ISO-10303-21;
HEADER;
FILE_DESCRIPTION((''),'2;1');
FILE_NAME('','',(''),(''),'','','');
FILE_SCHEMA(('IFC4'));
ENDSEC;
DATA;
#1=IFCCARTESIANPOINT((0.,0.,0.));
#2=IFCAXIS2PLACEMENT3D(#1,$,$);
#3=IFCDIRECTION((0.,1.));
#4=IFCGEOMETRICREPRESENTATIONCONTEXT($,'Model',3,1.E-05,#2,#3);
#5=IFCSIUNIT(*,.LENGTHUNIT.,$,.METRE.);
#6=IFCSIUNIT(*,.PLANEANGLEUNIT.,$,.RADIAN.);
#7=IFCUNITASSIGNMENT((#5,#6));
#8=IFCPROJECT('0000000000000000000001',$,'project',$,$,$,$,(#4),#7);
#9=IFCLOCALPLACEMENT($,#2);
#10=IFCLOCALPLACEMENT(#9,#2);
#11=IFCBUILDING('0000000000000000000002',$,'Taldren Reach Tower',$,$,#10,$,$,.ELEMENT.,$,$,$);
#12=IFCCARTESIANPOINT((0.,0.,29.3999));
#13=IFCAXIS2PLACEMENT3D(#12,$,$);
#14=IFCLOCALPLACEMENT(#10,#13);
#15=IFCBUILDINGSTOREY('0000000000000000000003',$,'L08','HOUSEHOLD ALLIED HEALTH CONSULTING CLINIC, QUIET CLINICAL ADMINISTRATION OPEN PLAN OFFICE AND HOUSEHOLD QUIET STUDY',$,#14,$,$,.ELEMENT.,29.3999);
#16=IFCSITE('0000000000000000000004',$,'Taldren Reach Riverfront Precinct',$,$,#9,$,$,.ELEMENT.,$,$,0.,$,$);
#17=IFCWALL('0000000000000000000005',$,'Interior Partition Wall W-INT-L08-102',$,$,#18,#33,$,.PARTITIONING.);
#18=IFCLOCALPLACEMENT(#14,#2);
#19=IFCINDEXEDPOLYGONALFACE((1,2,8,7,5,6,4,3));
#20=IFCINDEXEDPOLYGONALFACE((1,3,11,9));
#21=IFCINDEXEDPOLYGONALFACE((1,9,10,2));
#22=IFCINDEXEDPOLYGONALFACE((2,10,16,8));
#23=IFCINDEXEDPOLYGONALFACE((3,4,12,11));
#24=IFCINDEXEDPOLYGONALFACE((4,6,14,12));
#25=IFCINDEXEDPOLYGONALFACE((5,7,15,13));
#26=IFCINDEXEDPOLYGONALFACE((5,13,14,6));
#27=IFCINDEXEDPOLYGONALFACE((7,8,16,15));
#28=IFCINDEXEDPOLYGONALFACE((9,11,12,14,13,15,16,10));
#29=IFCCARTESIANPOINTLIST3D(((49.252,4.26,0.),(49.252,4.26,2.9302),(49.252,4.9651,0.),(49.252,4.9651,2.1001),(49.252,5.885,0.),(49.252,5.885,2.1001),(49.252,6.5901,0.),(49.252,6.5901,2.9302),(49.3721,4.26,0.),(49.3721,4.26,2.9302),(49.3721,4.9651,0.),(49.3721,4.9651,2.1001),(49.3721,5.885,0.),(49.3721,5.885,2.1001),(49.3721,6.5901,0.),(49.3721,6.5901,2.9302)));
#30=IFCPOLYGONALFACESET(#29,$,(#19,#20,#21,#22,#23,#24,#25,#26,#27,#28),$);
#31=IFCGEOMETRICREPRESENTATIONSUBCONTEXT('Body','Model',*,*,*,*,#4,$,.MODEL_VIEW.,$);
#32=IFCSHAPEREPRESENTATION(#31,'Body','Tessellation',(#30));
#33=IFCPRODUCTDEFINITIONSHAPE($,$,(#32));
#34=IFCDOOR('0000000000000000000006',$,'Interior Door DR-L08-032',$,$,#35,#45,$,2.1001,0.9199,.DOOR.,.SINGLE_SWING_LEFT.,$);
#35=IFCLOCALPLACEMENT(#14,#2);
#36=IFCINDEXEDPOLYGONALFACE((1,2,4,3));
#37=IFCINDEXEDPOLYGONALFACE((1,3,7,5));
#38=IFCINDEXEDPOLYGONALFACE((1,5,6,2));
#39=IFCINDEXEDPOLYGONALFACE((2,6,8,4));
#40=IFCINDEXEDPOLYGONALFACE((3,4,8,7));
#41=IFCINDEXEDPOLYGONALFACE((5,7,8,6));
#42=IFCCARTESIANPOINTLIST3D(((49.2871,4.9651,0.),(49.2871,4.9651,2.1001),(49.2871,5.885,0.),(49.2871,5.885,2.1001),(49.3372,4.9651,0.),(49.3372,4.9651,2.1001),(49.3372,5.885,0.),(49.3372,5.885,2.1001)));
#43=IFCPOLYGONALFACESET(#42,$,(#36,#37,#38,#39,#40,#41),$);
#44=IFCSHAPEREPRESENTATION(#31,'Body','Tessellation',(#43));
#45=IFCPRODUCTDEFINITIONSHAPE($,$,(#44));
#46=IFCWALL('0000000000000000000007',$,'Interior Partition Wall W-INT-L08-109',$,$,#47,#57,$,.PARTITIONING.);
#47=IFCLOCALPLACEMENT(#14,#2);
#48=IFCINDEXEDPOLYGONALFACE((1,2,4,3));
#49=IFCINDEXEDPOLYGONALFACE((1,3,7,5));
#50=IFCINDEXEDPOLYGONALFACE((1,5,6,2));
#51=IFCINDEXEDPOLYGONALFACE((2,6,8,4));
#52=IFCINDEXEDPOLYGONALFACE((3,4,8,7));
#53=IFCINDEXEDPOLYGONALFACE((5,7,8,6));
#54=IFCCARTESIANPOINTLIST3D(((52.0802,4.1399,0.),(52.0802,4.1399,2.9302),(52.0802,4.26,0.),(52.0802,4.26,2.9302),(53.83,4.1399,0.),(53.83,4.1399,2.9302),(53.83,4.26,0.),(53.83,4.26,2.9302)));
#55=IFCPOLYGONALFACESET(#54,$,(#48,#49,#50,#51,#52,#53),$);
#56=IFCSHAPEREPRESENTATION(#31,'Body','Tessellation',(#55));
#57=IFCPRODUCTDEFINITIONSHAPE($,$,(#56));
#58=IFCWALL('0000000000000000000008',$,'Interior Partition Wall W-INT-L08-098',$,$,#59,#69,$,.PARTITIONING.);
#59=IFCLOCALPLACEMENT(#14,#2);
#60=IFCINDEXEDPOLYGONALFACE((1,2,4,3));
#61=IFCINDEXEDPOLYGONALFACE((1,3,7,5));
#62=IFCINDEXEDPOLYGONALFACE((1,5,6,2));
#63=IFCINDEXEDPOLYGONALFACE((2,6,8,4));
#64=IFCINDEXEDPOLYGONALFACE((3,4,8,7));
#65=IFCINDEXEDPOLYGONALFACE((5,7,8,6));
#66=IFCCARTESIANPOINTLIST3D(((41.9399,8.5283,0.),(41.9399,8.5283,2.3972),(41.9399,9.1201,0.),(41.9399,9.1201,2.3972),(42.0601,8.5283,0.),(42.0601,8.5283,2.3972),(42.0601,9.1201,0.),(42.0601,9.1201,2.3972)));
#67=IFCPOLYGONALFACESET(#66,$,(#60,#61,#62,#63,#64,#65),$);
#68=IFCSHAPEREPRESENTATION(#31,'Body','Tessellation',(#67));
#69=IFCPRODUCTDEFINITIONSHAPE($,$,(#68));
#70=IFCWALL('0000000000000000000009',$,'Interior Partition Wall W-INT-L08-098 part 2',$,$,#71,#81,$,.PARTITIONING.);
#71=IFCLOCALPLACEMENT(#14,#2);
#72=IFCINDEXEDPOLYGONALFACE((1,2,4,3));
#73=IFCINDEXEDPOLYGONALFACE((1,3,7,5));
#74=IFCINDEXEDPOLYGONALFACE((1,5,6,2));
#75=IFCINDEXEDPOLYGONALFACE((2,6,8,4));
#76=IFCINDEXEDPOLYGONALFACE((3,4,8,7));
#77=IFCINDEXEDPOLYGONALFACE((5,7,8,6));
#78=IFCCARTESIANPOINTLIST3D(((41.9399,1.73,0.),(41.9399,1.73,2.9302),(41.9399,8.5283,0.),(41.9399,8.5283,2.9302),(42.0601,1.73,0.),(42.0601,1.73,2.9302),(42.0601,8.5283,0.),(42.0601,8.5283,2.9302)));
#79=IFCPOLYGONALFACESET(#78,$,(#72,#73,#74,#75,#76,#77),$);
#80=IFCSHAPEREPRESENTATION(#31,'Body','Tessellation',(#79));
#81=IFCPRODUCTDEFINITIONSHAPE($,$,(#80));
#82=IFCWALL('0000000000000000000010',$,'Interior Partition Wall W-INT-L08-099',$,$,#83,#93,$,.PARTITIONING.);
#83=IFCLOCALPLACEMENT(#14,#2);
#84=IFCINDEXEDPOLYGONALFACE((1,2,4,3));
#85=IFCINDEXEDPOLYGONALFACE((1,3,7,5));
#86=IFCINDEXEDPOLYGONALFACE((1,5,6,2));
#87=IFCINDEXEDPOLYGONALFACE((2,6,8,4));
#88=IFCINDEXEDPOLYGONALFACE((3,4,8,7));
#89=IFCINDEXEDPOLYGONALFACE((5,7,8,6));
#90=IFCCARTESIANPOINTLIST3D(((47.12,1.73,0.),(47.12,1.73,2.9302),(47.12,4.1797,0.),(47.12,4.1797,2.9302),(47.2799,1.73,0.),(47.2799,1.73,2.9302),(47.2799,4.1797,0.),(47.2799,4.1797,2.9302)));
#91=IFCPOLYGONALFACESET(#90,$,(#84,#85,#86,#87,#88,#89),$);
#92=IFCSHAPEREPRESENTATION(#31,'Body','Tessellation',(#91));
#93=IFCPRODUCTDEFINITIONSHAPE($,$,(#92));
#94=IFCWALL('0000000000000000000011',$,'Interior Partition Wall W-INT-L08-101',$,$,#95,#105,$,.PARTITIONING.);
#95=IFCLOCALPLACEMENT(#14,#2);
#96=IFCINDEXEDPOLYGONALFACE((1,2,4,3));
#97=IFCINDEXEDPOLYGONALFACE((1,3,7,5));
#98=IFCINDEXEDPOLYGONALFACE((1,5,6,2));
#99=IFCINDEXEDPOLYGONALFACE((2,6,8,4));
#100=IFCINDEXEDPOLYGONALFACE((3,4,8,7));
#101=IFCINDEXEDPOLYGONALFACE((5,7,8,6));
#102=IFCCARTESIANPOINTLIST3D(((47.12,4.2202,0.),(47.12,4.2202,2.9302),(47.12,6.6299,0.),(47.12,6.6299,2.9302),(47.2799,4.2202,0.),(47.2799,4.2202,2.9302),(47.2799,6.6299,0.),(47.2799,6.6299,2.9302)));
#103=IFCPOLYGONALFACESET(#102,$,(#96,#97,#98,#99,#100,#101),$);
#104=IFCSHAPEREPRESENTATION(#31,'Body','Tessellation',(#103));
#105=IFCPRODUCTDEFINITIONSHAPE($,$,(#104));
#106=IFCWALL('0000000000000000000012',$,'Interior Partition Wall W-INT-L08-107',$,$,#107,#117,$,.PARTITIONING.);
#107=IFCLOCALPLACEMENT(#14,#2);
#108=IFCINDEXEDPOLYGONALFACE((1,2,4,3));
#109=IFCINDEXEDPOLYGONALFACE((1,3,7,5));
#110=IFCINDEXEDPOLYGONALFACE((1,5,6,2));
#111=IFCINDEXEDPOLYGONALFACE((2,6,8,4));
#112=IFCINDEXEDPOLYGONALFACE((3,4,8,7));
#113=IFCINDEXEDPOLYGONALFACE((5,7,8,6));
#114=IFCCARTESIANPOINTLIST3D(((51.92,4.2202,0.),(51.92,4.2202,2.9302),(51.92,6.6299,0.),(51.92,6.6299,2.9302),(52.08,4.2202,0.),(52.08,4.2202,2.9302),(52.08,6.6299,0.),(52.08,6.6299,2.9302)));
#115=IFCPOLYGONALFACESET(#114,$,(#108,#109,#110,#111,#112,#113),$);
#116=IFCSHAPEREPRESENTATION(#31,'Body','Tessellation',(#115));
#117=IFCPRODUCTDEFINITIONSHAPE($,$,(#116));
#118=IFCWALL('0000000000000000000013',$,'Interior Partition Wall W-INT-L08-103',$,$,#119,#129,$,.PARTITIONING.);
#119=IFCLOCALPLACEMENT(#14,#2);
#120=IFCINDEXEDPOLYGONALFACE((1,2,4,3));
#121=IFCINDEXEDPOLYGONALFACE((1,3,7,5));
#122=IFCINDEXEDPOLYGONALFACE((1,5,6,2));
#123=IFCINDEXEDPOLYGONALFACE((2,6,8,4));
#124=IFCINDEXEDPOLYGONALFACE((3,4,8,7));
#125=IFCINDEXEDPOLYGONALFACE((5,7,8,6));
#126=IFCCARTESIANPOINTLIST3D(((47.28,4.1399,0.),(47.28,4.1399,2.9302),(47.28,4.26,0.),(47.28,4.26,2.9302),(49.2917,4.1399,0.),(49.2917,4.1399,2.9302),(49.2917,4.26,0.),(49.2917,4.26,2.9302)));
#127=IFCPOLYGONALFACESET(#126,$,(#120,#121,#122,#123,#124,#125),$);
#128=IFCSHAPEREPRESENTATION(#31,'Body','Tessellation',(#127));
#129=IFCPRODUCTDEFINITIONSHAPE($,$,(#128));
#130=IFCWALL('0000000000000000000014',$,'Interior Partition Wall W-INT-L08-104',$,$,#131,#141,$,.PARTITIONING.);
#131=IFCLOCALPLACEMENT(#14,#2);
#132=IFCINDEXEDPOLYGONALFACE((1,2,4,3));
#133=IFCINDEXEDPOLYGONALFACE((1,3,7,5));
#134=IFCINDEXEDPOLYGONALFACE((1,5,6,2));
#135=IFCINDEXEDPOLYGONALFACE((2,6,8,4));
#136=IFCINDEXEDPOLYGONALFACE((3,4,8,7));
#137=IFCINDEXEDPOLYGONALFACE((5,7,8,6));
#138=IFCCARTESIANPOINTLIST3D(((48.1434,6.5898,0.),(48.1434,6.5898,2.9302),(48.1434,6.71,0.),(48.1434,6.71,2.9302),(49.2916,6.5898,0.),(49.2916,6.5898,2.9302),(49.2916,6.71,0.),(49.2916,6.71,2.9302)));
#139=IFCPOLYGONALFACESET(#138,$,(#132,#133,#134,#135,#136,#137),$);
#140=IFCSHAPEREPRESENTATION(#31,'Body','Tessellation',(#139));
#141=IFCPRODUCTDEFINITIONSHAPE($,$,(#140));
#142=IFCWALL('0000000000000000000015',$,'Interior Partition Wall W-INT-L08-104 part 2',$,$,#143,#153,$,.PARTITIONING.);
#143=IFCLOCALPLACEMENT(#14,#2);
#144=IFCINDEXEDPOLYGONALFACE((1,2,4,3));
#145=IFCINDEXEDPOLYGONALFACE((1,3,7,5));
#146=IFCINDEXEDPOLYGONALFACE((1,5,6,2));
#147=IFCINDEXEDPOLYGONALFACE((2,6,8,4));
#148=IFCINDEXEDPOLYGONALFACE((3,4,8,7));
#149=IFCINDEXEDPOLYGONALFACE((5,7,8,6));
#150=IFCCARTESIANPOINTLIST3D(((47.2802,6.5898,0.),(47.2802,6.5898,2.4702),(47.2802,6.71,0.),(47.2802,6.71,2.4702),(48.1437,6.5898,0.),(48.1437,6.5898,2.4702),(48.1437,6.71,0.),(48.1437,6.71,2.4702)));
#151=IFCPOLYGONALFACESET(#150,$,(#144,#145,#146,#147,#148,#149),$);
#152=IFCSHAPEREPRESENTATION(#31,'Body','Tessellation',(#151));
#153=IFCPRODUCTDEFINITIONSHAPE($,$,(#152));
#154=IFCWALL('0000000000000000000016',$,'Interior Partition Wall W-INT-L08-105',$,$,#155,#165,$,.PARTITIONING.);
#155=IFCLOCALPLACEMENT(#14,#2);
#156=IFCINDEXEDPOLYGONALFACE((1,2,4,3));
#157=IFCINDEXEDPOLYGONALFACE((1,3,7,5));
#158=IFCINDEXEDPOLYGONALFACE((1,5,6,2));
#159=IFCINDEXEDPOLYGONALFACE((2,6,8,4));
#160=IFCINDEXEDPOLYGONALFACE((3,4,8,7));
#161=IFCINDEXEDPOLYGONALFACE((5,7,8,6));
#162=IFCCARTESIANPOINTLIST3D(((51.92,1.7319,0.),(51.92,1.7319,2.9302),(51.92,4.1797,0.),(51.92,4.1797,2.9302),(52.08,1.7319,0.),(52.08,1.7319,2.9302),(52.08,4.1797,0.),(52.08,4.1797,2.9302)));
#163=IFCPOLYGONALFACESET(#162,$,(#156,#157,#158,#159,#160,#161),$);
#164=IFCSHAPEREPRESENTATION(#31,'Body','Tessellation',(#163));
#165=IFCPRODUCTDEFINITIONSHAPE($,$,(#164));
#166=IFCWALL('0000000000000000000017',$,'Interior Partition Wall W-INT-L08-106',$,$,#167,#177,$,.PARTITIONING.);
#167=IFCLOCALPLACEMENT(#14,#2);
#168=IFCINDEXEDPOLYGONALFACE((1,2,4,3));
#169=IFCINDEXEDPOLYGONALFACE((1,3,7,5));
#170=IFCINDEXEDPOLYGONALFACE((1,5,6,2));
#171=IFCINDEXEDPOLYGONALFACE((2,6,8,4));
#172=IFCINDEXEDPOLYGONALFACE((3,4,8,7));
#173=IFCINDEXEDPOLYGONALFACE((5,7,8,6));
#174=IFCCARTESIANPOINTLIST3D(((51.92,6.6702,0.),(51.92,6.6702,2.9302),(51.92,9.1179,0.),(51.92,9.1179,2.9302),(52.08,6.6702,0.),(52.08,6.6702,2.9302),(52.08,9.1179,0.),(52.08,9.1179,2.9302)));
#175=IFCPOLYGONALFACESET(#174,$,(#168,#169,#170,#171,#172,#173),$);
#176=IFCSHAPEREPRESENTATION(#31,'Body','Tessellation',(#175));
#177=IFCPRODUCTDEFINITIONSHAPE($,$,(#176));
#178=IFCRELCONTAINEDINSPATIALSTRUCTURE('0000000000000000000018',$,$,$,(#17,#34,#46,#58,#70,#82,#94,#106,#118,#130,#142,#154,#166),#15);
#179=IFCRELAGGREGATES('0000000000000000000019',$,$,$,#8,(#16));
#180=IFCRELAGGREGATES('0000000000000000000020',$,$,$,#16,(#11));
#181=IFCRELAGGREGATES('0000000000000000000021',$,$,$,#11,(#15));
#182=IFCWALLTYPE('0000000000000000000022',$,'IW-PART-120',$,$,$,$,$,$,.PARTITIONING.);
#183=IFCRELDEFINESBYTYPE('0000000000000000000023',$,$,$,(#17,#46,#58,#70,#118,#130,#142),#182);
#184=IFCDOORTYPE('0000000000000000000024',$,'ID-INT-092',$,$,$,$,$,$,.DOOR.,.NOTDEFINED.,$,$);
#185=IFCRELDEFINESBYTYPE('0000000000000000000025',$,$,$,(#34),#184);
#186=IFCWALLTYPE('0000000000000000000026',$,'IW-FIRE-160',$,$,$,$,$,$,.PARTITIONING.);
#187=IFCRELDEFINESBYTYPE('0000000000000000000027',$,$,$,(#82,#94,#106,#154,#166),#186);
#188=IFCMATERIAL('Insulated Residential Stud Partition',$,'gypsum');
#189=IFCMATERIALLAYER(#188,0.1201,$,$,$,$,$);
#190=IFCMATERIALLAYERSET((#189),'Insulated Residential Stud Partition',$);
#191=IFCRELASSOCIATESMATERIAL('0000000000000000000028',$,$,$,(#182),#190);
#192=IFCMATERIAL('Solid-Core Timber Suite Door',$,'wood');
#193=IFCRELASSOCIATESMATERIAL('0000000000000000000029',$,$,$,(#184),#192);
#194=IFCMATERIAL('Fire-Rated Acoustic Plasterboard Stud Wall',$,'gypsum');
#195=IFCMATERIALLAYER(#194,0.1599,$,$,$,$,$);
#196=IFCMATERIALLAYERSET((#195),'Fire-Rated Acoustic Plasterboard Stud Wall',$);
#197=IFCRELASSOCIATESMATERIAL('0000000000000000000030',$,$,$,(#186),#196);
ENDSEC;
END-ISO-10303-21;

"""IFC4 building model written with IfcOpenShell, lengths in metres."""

from ifc_helpers import new_model, si_unit, direction, frame, frame_2d, origin, place, context, subcontext, project, spatial, rectangle, extrude, source, transform, mapped, material, layer, layer_set, type_object, element, fill, save


model = new_model("IFC4")

# Units and contexts
model_context = context("Model", 3, precision=1e-05, world=origin(), true_north=direction((0.0, 1.0)))
body_context = subcontext(model_context, "Body", "Model", "MODEL_VIEW")
ifc_project = project(units=[si_unit("LENGTHUNIT", "METRE"), si_unit("PLANEANGLEUNIT", "RADIAN")], contexts=[model_context])

# Site, building, storey
site_placement = place(None, origin())
site = spatial("IfcSite", under=ifc_project, at=site_placement, Name="Taldren Reach Riverfront Precinct", CompositionType="ELEMENT", RefElevation=0.0)
building_placement = place(site_placement, origin())
building = spatial("IfcBuilding", under=site, at=building_placement, Name="Taldren Reach Tower", CompositionType="ELEMENT")
storey_placement = place(building_placement, frame((0.0, 0.0, 29.3999)))
storey = spatial("IfcBuildingStorey", under=building, at=storey_placement, Name="L08", Description="HOUSEHOLD ALLIED HEALTH CONSULTING CLINIC, QUIET CLINICAL ADMINISTRATION OPEN PLAN OFFICE AND HOUSEHOLD QUIET STUDY", CompositionType="ELEMENT", Elevation=29.3999)

# Wall, opening, door
ifc_material_1 = material(Name="Insulated Residential Stud Partition", Category="gypsum")
ifc_layer_1 = layer(ifc_material_1, 0.1201)
ifc_layer_set_1 = layer_set([ifc_layer_1], Name="Insulated Residential Stud Partition")
wall_type_1 = type_object("IfcWallType", Name="IW-PART-120", PredefinedType="PARTITIONING", material=ifc_layer_set_1)
shared_shape_1 = source(origin(), body_context, "Body", "SweptSolid", [
    extrude(rectangle(XDim=2.3301, YDim=0.1201, at=frame_2d((1.165, 0.0))), origin(), (0.0, 0.0, 1.0), 2.9302),
])
wall_1_placement = place(storey_placement, frame((49.312, 4.26, 0.0), z_axis=(0.0, 0.0, 1.0), x_axis=(0.0, 1.0, 0.0)))
wall_1 = element("IfcWall", 1, at=wall_1_placement, inside=storey, type_object=wall_type_1, Name="Interior Partition Wall W-INT-L08-102", PredefinedType="PARTITIONING", context=body_context, shape_type="MappedRepresentation", body=[
    mapped(shared_shape_1, transform((0.0, 0.0, 0.0), scale=1.0)),
])
shared_shape_2 = source(origin(), body_context, "Body", "SweptSolid", [
    extrude(rectangle(XDim=0.9199, YDim=2.1001, at=frame_2d((0.46, 1.05))), frame((0.0, 0.0701, 0.0), z_axis=(0.0, -1.0, 0.0), x_axis=(1.0, 0.0, 0.0)), (0.0, 0.0, 1.0), 0.1401),
])
opening_placement = place(wall_1_placement, frame((0.7051, 0.0, 0.0)))
opening = element("IfcOpeningElement", 2, at=opening_placement, cuts=wall_1, PredefinedType="OPENING", context=body_context, shape_type="MappedRepresentation", body=[
    mapped(shared_shape_2, transform((0.0, 0.0, 0.0), scale=1.0)),
])
ifc_material_2 = material(Name="Solid-Core Timber Suite Door", Category="wood")
door_type = type_object("IfcDoorType", Name="ID-INT-092", OperationType="NOTDEFINED", PredefinedType="DOOR", material=ifc_material_2)
shared_shape_3 = source(origin(), body_context, "Body", "SweptSolid", [
    extrude(rectangle(XDim=0.9199, YDim=2.1001, at=frame_2d((0.46, 1.05))), frame((0.0, 0.0249, 0.0), z_axis=(0.0, -1.0, 0.0), x_axis=(1.0, 0.0, 0.0)), (0.0, 0.0, 1.0), 0.05),
])
door_placement = place(opening_placement, origin())
door = element("IfcDoor", 3, at=door_placement, inside=storey, type_object=door_type, Name="Interior Door DR-L08-032", OperationType="SINGLE_SWING_LEFT", OverallHeight=2.1001, OverallWidth=0.9199, PredefinedType="DOOR", context=body_context, shape_type="MappedRepresentation", body=[
    mapped(shared_shape_3, transform((0.0, 0.0, 0.0), scale=1.0)),
])
fill(opening, door)

# Walls
shared_shape_4 = source(origin(), body_context, "Body", "SweptSolid", [
    extrude(rectangle(XDim=1.7498, YDim=0.1201, at=frame_2d((0.875, 0.0))), origin(), (0.0, 0.0, 1.0), 2.9302),
])
wall_2_placement = place(storey_placement, frame((52.0801, 4.2, 0.0), z_axis=(0.0, 0.0, 1.0), x_axis=(1.0, 0.0, 0.0)))
element("IfcWall", 4, at=wall_2_placement, inside=storey, type_object=wall_type_1, Name="Interior Partition Wall W-INT-L08-109", PredefinedType="PARTITIONING", context=body_context, shape_type="MappedRepresentation", body=[
    mapped(shared_shape_4, transform((0.0, 0.0, 0.0), scale=1.0)),
])
shared_shape_5 = source(origin(), body_context, "Body", "SweptSolid", [
    extrude(rectangle(XDim=0.5918, YDim=0.1201, at=frame_2d((0.2959, 0.0))), origin(), (0.0, 0.0, 1.0), 2.3972),
])
wall_3_placement = place(storey_placement, frame((42.0, 9.1201, 0.0), z_axis=(0.0, 0.0, 1.0), x_axis=(0.0, -1.0, 0.0)))
element("IfcWall", 5, at=wall_3_placement, inside=storey, type_object=wall_type_1, Name="Interior Partition Wall W-INT-L08-098", PredefinedType="PARTITIONING", context=body_context, shape_type="MappedRepresentation", body=[
    mapped(shared_shape_5, transform((0.0, 0.0, 0.0), scale=1.0)),
])
shared_shape_6 = source(origin(), body_context, "Body", "SweptSolid", [
    extrude(rectangle(XDim=6.7983, YDim=0.1201, at=frame_2d((3.3992, 0.0))), origin(), (0.0, 0.0, 1.0), 2.9302),
])
wall_4_placement = place(storey_placement, frame((42.0, 8.5283, 0.0), z_axis=(0.0, 0.0, 1.0), x_axis=(0.0, -1.0, 0.0)))
element("IfcWall", 6, at=wall_4_placement, inside=storey, type_object=wall_type_1, Name="Interior Partition Wall W-INT-L08-098 part 2", PredefinedType="PARTITIONING", context=body_context, shape_type="MappedRepresentation", body=[
    mapped(shared_shape_6, transform((0.0, 0.0, 0.0), scale=1.0)),
])
ifc_material_3 = material(Name="Fire-Rated Acoustic Plasterboard Stud Wall", Category="gypsum")
ifc_layer_2 = layer(ifc_material_3, 0.1599)
ifc_layer_set_2 = layer_set([ifc_layer_2], Name="Fire-Rated Acoustic Plasterboard Stud Wall")
wall_type_2 = type_object("IfcWallType", Name="IW-FIRE-160", PredefinedType="PARTITIONING", material=ifc_layer_set_2)
shared_shape_7 = source(origin(), body_context, "Body", "SweptSolid", [
    extrude(rectangle(XDim=2.4497, YDim=0.1599, at=frame_2d((1.2249, 0.0))), origin(), (0.0, 0.0, 1.0), 2.9302),
])
wall_5_placement = place(storey_placement, frame((47.2, 4.1797, 0.0), z_axis=(0.0, 0.0, 1.0), x_axis=(0.0, -1.0, 0.0)))
element("IfcWall", 7, at=wall_5_placement, inside=storey, type_object=wall_type_2, Name="Interior Partition Wall W-INT-L08-099", PredefinedType="PARTITIONING", context=body_context, shape_type="MappedRepresentation", body=[
    mapped(shared_shape_7, transform((0.0, 0.0, 0.0), scale=1.0)),
])
shared_shape_8 = source(origin(), body_context, "Body", "SweptSolid", [
    extrude(rectangle(XDim=2.4097, YDim=0.1599, at=frame_2d((1.2048, 0.0))), origin(), (0.0, 0.0, 1.0), 2.9302),
])
for number, where, z_axis, x_axis, name in (
    (8, (47.2, 6.6299, 0.0), (0.0, 0.0, 1.0), (0.0, -1.0, 0.0), "Interior Partition Wall W-INT-L08-101"),
    (9, (52.0, 6.6299, 0.0), (0.0, 0.0, 1.0), (0.0, -1.0, 0.0), "Interior Partition Wall W-INT-L08-107"),
):
    element("IfcWall", number, at=place(storey_placement, frame(where, z_axis=z_axis, x_axis=x_axis)), inside=storey, type_object=wall_type_2, Name=name, PredefinedType="PARTITIONING", context=body_context, shape_type="MappedRepresentation", body=[
        mapped(shared_shape_8, transform((0.0, 0.0, 0.0), scale=1.0)),
    ])
shared_shape_9 = source(origin(), body_context, "Body", "SweptSolid", [
    extrude(rectangle(XDim=2.0117, YDim=0.1201, at=frame_2d((1.0059, 0.0))), origin(), (0.0, 0.0, 1.0), 2.9302),
])
wall_6_placement = place(storey_placement, frame((47.28, 4.2, 0.0), z_axis=(0.0, 0.0, 1.0), x_axis=(1.0, 0.0, 0.0)))
element("IfcWall", 10, at=wall_6_placement, inside=storey, type_object=wall_type_1, Name="Interior Partition Wall W-INT-L08-103", PredefinedType="PARTITIONING", context=body_context, shape_type="MappedRepresentation", body=[
    mapped(shared_shape_9, transform((0.0, 0.0, 0.0), scale=1.0)),
])
shared_shape_10 = source(origin(), body_context, "Body", "SweptSolid", [
    extrude(rectangle(XDim=1.1482, YDim=0.1201, at=frame_2d((0.5742, 0.0))), origin(), (0.0, 0.0, 1.0), 2.9302),
])
wall_7_placement = place(storey_placement, frame((49.2917, 6.6499, 0.0), z_axis=(0.0, 0.0, 1.0), x_axis=(-1.0, 0.0, 0.0)))
element("IfcWall", 11, at=wall_7_placement, inside=storey, type_object=wall_type_1, Name="Interior Partition Wall W-INT-L08-104", PredefinedType="PARTITIONING", context=body_context, shape_type="MappedRepresentation", body=[
    mapped(shared_shape_10, transform((0.0, 0.0, 0.0), scale=1.0)),
])
shared_shape_11 = source(origin(), body_context, "Body", "SweptSolid", [
    extrude(rectangle(XDim=0.8635, YDim=0.1201, at=frame_2d((0.4316, 0.0))), origin(), (0.0, 0.0, 1.0), 2.4702),
])
wall_8_placement = place(storey_placement, frame((48.1436, 6.6499, 0.0), z_axis=(0.0, 0.0, 1.0), x_axis=(-1.0, 0.0, 0.0)))
element("IfcWall", 12, at=wall_8_placement, inside=storey, type_object=wall_type_1, Name="Interior Partition Wall W-INT-L08-104 part 2", PredefinedType="PARTITIONING", context=body_context, shape_type="MappedRepresentation", body=[
    mapped(shared_shape_11, transform((0.0, 0.0, 0.0), scale=1.0)),
])
shared_shape_12 = source(origin(), body_context, "Body", "SweptSolid", [
    extrude(rectangle(XDim=2.4478, YDim=0.1599, at=frame_2d((1.2239, 0.0))), origin(), (0.0, 0.0, 1.0), 2.9302),
])
for number, where, z_axis, x_axis, name in (
    (13, (52.0, 4.1797, 0.0), (0.0, 0.0, 1.0), (0.0, -1.0, 0.0), "Interior Partition Wall W-INT-L08-105"),
    (14, (52.0, 9.1179, 0.0), (0.0, 0.0, 1.0), (0.0, -1.0, 0.0), "Interior Partition Wall W-INT-L08-106"),
):
    element("IfcWall", number, at=place(storey_placement, frame(where, z_axis=z_axis, x_axis=x_axis)), inside=storey, type_object=wall_type_2, Name=name, PredefinedType="PARTITIONING", context=body_context, shape_type="MappedRepresentation", body=[
        mapped(shared_shape_12, transform((0.0, 0.0, 0.0), scale=1.0)),
    ])

save(model, "model.ifc")
